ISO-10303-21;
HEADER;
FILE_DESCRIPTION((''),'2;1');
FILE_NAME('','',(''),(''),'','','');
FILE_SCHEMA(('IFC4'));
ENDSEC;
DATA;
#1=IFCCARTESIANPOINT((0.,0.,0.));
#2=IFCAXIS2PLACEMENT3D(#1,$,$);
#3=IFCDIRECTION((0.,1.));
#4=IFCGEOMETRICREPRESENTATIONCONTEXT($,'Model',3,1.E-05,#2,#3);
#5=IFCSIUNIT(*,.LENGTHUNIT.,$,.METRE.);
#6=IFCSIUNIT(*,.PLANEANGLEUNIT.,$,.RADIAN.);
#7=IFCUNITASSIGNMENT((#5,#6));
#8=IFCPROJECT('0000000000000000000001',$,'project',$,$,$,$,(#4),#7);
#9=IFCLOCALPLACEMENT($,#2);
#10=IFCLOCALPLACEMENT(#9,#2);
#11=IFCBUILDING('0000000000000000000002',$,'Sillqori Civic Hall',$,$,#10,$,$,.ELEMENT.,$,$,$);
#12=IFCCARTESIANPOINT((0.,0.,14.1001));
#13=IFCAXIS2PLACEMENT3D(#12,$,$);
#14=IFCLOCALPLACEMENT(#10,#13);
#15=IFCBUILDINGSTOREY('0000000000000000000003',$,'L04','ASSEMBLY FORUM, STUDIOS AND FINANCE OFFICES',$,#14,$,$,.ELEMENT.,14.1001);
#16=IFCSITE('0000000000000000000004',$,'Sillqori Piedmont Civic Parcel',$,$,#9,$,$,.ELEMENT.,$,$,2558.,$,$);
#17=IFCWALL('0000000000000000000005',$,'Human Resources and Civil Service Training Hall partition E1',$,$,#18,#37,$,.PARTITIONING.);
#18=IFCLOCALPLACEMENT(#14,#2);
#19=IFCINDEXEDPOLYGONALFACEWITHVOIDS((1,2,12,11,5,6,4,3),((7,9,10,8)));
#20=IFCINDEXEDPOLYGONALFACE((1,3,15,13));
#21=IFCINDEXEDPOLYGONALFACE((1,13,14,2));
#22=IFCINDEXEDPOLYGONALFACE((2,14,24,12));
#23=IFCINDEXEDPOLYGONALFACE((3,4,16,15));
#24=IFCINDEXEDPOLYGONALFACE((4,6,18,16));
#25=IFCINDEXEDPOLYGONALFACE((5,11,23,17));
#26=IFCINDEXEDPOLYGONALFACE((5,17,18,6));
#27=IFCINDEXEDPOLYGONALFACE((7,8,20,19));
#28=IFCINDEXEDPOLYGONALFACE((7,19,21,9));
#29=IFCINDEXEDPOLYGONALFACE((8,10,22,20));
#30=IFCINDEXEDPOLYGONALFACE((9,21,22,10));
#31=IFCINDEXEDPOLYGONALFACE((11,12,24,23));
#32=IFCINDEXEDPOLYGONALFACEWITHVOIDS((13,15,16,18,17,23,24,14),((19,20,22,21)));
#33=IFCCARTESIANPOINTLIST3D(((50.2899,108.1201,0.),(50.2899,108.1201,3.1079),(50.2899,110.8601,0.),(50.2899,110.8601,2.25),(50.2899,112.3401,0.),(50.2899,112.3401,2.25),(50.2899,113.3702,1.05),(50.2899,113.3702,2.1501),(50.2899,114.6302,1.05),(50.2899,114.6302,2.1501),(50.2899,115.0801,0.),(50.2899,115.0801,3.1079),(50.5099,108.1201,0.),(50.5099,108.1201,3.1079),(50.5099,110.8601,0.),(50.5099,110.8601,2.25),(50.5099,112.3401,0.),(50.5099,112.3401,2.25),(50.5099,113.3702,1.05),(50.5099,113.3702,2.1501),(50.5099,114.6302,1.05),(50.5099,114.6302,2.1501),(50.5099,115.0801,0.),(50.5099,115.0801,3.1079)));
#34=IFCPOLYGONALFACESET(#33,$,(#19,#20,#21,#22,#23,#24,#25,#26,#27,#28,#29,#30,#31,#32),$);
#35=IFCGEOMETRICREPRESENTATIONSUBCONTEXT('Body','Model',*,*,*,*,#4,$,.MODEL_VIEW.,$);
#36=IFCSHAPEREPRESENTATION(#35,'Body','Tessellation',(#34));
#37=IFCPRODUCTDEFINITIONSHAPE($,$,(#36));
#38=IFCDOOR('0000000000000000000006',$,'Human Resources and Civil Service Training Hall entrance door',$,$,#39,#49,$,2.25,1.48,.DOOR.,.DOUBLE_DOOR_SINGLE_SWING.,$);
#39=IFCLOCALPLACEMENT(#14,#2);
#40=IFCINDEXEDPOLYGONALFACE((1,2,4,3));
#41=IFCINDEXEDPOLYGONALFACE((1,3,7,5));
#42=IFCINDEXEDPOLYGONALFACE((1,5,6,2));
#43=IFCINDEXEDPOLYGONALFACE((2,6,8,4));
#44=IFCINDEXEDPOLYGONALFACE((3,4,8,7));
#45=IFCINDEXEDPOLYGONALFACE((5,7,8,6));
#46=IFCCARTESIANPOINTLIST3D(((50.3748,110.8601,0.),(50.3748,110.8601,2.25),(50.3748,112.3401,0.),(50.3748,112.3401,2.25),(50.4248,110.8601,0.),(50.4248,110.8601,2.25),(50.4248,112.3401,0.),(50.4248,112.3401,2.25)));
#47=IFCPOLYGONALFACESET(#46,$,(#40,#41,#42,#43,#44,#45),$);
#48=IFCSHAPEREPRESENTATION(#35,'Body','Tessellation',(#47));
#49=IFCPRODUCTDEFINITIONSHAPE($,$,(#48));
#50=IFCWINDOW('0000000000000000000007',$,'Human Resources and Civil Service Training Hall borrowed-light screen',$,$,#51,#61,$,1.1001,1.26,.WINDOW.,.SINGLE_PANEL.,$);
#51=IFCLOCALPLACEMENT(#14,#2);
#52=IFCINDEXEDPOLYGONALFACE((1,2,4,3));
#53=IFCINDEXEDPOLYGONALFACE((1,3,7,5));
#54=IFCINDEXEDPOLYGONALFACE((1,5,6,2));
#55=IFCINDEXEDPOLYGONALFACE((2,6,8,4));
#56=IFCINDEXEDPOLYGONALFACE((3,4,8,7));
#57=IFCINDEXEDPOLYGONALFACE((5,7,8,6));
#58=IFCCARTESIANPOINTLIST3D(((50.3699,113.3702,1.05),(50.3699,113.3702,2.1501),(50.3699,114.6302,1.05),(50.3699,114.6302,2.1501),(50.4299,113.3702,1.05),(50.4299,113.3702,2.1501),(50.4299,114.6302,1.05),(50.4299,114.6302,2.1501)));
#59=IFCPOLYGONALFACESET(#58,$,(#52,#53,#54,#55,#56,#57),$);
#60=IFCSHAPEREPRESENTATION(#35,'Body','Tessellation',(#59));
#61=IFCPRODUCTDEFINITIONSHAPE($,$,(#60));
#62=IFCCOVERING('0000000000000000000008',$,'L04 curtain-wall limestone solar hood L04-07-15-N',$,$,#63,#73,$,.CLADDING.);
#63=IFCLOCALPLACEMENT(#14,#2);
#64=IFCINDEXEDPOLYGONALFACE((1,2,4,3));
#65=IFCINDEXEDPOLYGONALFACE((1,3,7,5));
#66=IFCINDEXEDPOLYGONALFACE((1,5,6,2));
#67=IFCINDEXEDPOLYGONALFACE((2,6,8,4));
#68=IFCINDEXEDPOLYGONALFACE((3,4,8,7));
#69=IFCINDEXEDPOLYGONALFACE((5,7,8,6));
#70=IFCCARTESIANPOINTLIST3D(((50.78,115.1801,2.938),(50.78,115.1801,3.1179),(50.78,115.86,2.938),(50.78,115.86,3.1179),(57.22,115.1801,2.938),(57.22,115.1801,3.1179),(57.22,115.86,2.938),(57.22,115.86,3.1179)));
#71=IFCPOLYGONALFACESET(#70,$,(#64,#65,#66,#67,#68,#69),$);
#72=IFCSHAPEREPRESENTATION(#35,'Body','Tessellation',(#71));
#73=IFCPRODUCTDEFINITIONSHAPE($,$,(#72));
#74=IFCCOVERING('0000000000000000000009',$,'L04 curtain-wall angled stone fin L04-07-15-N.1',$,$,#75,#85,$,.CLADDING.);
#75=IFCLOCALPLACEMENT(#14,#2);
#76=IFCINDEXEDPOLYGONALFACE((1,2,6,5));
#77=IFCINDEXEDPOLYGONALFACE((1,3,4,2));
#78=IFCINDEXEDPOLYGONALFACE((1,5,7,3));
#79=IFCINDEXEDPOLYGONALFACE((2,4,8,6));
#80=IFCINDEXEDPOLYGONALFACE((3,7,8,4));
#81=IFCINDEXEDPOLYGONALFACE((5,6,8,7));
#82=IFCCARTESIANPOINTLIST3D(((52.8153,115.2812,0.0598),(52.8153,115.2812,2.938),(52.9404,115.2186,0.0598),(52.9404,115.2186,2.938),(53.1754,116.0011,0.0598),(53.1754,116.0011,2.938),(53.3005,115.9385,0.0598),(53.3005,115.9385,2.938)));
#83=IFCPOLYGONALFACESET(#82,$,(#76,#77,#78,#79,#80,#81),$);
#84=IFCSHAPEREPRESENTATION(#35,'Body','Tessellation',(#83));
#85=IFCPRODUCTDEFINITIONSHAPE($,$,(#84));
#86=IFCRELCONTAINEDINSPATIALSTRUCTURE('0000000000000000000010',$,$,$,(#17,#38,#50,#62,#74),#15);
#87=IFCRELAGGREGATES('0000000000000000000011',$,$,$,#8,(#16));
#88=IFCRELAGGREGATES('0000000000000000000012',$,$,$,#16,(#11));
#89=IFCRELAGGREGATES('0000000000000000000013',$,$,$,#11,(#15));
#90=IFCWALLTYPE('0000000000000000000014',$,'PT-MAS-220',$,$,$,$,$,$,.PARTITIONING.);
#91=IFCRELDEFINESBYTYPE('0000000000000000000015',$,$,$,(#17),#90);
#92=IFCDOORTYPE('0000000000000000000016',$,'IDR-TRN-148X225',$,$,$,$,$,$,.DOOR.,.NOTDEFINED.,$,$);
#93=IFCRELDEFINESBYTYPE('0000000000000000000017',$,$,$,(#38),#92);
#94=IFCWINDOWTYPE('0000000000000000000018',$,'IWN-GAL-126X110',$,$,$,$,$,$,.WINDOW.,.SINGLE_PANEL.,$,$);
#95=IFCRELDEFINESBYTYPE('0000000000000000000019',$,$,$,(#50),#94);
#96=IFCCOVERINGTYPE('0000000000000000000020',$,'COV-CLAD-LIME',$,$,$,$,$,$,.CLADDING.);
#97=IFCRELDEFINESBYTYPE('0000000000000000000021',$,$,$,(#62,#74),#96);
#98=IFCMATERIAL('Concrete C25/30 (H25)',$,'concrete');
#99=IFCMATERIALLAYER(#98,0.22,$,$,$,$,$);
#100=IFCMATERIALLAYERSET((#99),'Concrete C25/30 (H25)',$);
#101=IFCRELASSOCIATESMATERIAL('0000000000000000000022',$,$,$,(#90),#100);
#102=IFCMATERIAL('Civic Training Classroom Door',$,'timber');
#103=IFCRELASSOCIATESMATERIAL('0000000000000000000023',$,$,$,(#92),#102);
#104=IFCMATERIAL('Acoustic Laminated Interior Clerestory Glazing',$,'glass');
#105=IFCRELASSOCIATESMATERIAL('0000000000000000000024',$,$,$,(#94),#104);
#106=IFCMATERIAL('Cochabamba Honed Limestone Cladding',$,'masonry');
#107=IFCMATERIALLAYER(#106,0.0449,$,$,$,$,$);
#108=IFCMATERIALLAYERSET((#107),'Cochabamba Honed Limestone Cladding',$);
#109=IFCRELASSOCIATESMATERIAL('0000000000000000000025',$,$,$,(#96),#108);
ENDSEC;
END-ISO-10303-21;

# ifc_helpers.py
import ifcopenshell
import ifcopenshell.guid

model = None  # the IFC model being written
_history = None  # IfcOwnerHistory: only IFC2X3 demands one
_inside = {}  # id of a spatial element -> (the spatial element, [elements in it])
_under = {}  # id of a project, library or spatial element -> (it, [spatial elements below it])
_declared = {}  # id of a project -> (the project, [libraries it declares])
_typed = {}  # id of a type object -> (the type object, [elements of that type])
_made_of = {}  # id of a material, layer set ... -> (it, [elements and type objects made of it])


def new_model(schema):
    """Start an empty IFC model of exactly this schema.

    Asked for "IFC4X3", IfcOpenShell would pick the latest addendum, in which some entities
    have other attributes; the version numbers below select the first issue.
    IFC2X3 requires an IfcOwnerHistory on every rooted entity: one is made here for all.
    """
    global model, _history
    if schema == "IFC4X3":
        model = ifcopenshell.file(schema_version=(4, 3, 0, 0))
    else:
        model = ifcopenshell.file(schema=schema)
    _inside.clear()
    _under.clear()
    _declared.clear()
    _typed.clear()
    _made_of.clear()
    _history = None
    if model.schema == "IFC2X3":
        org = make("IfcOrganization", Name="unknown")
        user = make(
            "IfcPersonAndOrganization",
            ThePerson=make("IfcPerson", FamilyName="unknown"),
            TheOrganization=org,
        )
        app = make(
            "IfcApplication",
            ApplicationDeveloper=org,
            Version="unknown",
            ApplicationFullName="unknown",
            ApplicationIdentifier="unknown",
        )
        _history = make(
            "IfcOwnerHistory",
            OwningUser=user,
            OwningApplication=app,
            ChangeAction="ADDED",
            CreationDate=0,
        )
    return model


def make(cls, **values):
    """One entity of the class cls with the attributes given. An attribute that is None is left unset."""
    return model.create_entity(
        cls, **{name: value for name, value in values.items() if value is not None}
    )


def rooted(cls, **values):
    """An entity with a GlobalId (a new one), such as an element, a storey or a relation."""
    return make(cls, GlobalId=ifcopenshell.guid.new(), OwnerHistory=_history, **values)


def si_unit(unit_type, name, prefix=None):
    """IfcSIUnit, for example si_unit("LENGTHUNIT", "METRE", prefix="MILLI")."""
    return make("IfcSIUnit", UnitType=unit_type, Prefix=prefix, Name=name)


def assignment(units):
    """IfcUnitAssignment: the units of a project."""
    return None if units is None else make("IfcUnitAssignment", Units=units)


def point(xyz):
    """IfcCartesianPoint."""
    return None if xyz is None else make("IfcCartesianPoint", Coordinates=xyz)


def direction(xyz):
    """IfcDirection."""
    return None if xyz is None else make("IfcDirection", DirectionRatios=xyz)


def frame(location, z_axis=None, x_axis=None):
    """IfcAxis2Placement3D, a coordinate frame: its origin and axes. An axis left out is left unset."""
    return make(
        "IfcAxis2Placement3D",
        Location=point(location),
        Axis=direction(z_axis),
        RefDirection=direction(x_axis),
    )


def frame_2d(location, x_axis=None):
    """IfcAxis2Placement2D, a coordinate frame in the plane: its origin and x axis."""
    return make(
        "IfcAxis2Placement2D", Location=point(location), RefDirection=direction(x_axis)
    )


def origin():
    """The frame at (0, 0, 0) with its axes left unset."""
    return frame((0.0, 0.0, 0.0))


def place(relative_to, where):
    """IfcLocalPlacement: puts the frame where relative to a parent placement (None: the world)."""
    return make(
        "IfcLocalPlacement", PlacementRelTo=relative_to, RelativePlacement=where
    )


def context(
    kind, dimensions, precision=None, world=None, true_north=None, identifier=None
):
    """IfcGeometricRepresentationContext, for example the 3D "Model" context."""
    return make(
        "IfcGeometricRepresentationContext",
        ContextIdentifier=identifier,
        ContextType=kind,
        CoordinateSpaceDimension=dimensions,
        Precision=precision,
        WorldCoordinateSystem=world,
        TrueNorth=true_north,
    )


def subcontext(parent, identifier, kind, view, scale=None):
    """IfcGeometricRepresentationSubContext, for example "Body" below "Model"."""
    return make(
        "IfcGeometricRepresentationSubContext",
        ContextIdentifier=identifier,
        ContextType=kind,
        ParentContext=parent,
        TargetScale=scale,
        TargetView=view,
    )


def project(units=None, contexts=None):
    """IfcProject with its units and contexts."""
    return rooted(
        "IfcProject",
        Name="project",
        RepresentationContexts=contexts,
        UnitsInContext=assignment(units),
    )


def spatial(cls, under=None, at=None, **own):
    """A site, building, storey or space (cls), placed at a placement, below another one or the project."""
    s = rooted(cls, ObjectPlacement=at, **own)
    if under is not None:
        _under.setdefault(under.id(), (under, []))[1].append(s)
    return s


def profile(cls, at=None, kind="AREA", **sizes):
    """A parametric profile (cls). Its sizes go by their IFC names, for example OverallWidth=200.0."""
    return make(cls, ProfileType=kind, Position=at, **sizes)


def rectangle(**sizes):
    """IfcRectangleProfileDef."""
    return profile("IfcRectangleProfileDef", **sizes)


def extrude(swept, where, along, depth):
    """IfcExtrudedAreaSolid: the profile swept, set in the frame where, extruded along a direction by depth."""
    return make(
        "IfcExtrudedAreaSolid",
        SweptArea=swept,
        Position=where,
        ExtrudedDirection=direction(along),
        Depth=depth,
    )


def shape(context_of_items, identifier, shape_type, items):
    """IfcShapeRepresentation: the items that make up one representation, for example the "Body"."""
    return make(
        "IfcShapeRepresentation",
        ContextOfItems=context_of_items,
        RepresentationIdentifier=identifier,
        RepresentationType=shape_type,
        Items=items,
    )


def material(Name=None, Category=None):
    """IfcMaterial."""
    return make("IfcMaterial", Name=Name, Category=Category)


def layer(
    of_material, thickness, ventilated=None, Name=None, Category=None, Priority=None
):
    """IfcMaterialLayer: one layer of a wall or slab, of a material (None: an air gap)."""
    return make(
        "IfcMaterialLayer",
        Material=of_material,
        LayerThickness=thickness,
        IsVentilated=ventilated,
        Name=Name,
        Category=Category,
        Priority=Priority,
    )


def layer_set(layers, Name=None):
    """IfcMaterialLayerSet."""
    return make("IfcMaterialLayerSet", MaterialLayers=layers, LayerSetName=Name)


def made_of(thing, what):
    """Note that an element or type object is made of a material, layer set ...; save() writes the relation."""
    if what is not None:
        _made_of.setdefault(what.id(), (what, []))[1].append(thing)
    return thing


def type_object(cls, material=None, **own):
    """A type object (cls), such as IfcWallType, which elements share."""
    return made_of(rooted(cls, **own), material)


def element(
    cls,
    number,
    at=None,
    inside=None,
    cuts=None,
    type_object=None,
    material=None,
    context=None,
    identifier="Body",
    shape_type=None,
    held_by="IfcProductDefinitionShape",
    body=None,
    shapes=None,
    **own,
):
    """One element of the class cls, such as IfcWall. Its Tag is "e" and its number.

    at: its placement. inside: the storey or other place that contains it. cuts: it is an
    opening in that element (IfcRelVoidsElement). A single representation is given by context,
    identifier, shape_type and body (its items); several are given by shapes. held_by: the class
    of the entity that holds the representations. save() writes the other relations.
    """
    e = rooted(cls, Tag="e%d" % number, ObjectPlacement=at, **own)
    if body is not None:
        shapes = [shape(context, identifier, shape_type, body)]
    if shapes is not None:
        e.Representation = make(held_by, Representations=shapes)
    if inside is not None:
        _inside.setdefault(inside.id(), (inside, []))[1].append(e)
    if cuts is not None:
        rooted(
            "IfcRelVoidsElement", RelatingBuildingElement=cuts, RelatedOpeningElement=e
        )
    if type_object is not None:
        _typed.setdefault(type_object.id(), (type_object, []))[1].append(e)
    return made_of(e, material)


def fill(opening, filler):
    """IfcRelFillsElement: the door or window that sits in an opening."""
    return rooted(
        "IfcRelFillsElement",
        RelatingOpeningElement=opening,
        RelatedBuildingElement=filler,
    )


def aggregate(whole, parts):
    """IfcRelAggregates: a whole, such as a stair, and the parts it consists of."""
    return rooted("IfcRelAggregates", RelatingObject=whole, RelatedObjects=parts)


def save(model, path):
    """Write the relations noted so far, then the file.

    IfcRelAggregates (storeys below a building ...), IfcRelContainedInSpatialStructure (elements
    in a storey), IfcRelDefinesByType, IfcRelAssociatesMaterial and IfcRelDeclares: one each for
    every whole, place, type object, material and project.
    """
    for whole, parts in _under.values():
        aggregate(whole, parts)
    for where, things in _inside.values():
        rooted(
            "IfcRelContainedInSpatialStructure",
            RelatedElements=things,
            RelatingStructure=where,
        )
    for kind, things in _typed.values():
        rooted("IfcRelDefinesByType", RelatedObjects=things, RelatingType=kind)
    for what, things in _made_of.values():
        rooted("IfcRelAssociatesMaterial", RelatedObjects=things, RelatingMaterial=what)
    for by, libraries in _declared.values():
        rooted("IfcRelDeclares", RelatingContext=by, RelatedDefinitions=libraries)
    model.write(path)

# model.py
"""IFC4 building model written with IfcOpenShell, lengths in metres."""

from ifc_helpers import new_model, si_unit, direction, frame, frame_2d, origin, place, context, subcontext, project, spatial, rectangle, extrude, material, layer, layer_set, type_object, element, fill, save


model = new_model("IFC4")

# Units and contexts
model_context = context("Model", 3, precision=1e-05, world=origin(), true_north=direction((0.0, 1.0)))
body_context = subcontext(model_context, "Body", "Model", "MODEL_VIEW")
ifc_project = project(units=[si_unit("LENGTHUNIT", "METRE"), si_unit("PLANEANGLEUNIT", "RADIAN")], contexts=[model_context])

# Site, building, storey
site_placement = place(None, origin())
site = spatial("IfcSite", under=ifc_project, at=site_placement, Name="Sillqori Piedmont Civic Parcel", CompositionType="ELEMENT", RefElevation=2558.0)
building_placement = place(site_placement, origin())
building = spatial("IfcBuilding", under=site, at=building_placement, Name="Sillqori Civic Hall", CompositionType="ELEMENT")
storey_placement = place(building_placement, frame((0.0, 0.0, 14.1001)))
storey = spatial("IfcBuildingStorey", under=building, at=storey_placement, Name="L04", Description="ASSEMBLY FORUM, STUDIOS AND FINANCE OFFICES", CompositionType="ELEMENT", Elevation=14.1001)

# Wall, openings, door, window
ifc_material_1 = material(Name="Concrete C25/30 (H25)", Category="concrete")
ifc_layer_1 = layer(ifc_material_1, 0.22)
ifc_layer_set_1 = layer_set([ifc_layer_1], Name="Concrete C25/30 (H25)")
wall_type = type_object("IfcWallType", Name="PT-MAS-220", PredefinedType="PARTITIONING", material=ifc_layer_set_1)
wall_placement = place(storey_placement, frame((50.3999, 115.0801, 0.0), z_axis=(0.0, 0.0, 1.0), x_axis=(0.0, -1.0, 0.0)))
wall = element("IfcWall", 1, at=wall_placement, inside=storey, type_object=wall_type, Name="Human Resources and Civil Service Training Hall partition E1", PredefinedType="PARTITIONING", context=body_context, shape_type="SweptSolid", body=[
    extrude(rectangle(XDim=6.96, YDim=0.22, at=frame_2d((3.48, 0.0))), origin(), (0.0, 0.0, 1.0), 3.1079),
])
opening_1_placement = place(wall_placement, frame((2.74, 0.0, 0.0)))
opening_1 = element("IfcOpeningElement", 2, at=opening_1_placement, cuts=wall, PredefinedType="OPENING", context=body_context, shape_type="SweptSolid", body=[
    extrude(rectangle(XDim=1.48, YDim=2.25, at=frame_2d((0.74, 1.125))), frame((0.0, 0.1199, 0.0), z_axis=(0.0, -1.0, 0.0), x_axis=(1.0, 0.0, 0.0)), (0.0, 0.0, 1.0), 0.24),
])
opening_2_placement = place(wall_placement, frame((0.45, 0.0, 1.05)))
opening_2 = element("IfcOpeningElement", 3, at=opening_2_placement, cuts=wall, PredefinedType="OPENING", context=body_context, shape_type="SweptSolid", body=[
    extrude(rectangle(XDim=1.26, YDim=1.1001, at=frame_2d((0.6299, 0.55))), frame((0.0, 0.1199, 0.0), z_axis=(0.0, -1.0, 0.0), x_axis=(1.0, 0.0, 0.0)), (0.0, 0.0, 1.0), 0.24),
])
ifc_material_2 = material(Name="Civic Training Classroom Door", Category="timber")
door_type = type_object("IfcDoorType", Name="IDR-TRN-148X225", OperationType="NOTDEFINED", PredefinedType="DOOR", material=ifc_material_2)
door_placement = place(opening_1_placement, origin())
door = element("IfcDoor", 4, at=door_placement, inside=storey, type_object=door_type, Name="Human Resources and Civil Service Training Hall entrance door", OperationType="DOUBLE_DOOR_SINGLE_SWING", OverallHeight=2.25, OverallWidth=1.48, PredefinedType="DOOR", context=body_context, shape_type="SweptSolid", body=[
    extrude(rectangle(XDim=1.48, YDim=2.25, at=frame_2d((0.74, 1.125))), frame((0.0, 0.0249, 0.0), z_axis=(0.0, -1.0, 0.0), x_axis=(1.0, 0.0, 0.0)), (0.0, 0.0, 1.0), 0.05),
])
fill(opening_1, door)
ifc_material_3 = material(Name="Acoustic Laminated Interior Clerestory Glazing", Category="glass")
window_type = type_object("IfcWindowType", Name="IWN-GAL-126X110", PartitioningType="SINGLE_PANEL", PredefinedType="WINDOW", material=ifc_material_3)
window_placement = place(opening_2_placement, origin())
window = element("IfcWindow", 5, at=window_placement, inside=storey, type_object=window_type, Name="Human Resources and Civil Service Training Hall borrowed-light screen", OverallHeight=1.1001, OverallWidth=1.26, PartitioningType="SINGLE_PANEL", PredefinedType="WINDOW", context=body_context, shape_type="SweptSolid", body=[
    extrude(rectangle(XDim=1.26, YDim=1.1001, at=frame_2d((0.6299, 0.55))), frame((0.0, 0.03, 0.0), z_axis=(0.0, -1.0, 0.0), x_axis=(1.0, 0.0, 0.0)), (0.0, 0.0, 1.0), 0.0601),
])
fill(opening_2, window)

# Coverings
ifc_material_4 = material(Name="Cochabamba Honed Limestone Cladding", Category="masonry")
ifc_layer_2 = layer(ifc_material_4, 0.0449)
ifc_layer_set_2 = layer_set([ifc_layer_2], Name="Cochabamba Honed Limestone Cladding")
covering_type = type_object("IfcCoveringType", Name="COV-CLAD-LIME", PredefinedType="CLADDING", material=ifc_layer_set_2)
covering_1_placement = place(storey_placement, frame((50.78, 115.52, 2.938), z_axis=(0.0, 0.0, 1.0), x_axis=(1.0, 0.0, 0.0)))
element("IfcCovering", 6, at=covering_1_placement, inside=storey, type_object=covering_type, Name="L04 curtain-wall limestone solar hood L04-07-15-N", PredefinedType="CLADDING", context=body_context, shape_type="SweptSolid", body=[
    extrude(rectangle(XDim=6.4399, YDim=0.6799, at=frame_2d((3.22, 0.0))), origin(), (0.0, 0.0, 1.0), 0.1799),
])
covering_2_placement = place(storey_placement, frame((52.8779, 115.25, 0.0598), z_axis=(0.0, 0.0, 1.0), x_axis=(0.447335, 0.894367, 0.0)))
element("IfcCovering", 7, at=covering_2_placement, inside=storey, type_object=covering_type, Name="L04 curtain-wall angled stone fin L04-07-15-N.1", PredefinedType="CLADDING", context=body_context, shape_type="SweptSolid", body=[
    extrude(rectangle(XDim=0.8049, YDim=0.1399, at=frame_2d((0.4023, 0.0))), origin(), (0.0, 0.0, 1.0), 2.8782),
])

save(model, "model.ifc")
